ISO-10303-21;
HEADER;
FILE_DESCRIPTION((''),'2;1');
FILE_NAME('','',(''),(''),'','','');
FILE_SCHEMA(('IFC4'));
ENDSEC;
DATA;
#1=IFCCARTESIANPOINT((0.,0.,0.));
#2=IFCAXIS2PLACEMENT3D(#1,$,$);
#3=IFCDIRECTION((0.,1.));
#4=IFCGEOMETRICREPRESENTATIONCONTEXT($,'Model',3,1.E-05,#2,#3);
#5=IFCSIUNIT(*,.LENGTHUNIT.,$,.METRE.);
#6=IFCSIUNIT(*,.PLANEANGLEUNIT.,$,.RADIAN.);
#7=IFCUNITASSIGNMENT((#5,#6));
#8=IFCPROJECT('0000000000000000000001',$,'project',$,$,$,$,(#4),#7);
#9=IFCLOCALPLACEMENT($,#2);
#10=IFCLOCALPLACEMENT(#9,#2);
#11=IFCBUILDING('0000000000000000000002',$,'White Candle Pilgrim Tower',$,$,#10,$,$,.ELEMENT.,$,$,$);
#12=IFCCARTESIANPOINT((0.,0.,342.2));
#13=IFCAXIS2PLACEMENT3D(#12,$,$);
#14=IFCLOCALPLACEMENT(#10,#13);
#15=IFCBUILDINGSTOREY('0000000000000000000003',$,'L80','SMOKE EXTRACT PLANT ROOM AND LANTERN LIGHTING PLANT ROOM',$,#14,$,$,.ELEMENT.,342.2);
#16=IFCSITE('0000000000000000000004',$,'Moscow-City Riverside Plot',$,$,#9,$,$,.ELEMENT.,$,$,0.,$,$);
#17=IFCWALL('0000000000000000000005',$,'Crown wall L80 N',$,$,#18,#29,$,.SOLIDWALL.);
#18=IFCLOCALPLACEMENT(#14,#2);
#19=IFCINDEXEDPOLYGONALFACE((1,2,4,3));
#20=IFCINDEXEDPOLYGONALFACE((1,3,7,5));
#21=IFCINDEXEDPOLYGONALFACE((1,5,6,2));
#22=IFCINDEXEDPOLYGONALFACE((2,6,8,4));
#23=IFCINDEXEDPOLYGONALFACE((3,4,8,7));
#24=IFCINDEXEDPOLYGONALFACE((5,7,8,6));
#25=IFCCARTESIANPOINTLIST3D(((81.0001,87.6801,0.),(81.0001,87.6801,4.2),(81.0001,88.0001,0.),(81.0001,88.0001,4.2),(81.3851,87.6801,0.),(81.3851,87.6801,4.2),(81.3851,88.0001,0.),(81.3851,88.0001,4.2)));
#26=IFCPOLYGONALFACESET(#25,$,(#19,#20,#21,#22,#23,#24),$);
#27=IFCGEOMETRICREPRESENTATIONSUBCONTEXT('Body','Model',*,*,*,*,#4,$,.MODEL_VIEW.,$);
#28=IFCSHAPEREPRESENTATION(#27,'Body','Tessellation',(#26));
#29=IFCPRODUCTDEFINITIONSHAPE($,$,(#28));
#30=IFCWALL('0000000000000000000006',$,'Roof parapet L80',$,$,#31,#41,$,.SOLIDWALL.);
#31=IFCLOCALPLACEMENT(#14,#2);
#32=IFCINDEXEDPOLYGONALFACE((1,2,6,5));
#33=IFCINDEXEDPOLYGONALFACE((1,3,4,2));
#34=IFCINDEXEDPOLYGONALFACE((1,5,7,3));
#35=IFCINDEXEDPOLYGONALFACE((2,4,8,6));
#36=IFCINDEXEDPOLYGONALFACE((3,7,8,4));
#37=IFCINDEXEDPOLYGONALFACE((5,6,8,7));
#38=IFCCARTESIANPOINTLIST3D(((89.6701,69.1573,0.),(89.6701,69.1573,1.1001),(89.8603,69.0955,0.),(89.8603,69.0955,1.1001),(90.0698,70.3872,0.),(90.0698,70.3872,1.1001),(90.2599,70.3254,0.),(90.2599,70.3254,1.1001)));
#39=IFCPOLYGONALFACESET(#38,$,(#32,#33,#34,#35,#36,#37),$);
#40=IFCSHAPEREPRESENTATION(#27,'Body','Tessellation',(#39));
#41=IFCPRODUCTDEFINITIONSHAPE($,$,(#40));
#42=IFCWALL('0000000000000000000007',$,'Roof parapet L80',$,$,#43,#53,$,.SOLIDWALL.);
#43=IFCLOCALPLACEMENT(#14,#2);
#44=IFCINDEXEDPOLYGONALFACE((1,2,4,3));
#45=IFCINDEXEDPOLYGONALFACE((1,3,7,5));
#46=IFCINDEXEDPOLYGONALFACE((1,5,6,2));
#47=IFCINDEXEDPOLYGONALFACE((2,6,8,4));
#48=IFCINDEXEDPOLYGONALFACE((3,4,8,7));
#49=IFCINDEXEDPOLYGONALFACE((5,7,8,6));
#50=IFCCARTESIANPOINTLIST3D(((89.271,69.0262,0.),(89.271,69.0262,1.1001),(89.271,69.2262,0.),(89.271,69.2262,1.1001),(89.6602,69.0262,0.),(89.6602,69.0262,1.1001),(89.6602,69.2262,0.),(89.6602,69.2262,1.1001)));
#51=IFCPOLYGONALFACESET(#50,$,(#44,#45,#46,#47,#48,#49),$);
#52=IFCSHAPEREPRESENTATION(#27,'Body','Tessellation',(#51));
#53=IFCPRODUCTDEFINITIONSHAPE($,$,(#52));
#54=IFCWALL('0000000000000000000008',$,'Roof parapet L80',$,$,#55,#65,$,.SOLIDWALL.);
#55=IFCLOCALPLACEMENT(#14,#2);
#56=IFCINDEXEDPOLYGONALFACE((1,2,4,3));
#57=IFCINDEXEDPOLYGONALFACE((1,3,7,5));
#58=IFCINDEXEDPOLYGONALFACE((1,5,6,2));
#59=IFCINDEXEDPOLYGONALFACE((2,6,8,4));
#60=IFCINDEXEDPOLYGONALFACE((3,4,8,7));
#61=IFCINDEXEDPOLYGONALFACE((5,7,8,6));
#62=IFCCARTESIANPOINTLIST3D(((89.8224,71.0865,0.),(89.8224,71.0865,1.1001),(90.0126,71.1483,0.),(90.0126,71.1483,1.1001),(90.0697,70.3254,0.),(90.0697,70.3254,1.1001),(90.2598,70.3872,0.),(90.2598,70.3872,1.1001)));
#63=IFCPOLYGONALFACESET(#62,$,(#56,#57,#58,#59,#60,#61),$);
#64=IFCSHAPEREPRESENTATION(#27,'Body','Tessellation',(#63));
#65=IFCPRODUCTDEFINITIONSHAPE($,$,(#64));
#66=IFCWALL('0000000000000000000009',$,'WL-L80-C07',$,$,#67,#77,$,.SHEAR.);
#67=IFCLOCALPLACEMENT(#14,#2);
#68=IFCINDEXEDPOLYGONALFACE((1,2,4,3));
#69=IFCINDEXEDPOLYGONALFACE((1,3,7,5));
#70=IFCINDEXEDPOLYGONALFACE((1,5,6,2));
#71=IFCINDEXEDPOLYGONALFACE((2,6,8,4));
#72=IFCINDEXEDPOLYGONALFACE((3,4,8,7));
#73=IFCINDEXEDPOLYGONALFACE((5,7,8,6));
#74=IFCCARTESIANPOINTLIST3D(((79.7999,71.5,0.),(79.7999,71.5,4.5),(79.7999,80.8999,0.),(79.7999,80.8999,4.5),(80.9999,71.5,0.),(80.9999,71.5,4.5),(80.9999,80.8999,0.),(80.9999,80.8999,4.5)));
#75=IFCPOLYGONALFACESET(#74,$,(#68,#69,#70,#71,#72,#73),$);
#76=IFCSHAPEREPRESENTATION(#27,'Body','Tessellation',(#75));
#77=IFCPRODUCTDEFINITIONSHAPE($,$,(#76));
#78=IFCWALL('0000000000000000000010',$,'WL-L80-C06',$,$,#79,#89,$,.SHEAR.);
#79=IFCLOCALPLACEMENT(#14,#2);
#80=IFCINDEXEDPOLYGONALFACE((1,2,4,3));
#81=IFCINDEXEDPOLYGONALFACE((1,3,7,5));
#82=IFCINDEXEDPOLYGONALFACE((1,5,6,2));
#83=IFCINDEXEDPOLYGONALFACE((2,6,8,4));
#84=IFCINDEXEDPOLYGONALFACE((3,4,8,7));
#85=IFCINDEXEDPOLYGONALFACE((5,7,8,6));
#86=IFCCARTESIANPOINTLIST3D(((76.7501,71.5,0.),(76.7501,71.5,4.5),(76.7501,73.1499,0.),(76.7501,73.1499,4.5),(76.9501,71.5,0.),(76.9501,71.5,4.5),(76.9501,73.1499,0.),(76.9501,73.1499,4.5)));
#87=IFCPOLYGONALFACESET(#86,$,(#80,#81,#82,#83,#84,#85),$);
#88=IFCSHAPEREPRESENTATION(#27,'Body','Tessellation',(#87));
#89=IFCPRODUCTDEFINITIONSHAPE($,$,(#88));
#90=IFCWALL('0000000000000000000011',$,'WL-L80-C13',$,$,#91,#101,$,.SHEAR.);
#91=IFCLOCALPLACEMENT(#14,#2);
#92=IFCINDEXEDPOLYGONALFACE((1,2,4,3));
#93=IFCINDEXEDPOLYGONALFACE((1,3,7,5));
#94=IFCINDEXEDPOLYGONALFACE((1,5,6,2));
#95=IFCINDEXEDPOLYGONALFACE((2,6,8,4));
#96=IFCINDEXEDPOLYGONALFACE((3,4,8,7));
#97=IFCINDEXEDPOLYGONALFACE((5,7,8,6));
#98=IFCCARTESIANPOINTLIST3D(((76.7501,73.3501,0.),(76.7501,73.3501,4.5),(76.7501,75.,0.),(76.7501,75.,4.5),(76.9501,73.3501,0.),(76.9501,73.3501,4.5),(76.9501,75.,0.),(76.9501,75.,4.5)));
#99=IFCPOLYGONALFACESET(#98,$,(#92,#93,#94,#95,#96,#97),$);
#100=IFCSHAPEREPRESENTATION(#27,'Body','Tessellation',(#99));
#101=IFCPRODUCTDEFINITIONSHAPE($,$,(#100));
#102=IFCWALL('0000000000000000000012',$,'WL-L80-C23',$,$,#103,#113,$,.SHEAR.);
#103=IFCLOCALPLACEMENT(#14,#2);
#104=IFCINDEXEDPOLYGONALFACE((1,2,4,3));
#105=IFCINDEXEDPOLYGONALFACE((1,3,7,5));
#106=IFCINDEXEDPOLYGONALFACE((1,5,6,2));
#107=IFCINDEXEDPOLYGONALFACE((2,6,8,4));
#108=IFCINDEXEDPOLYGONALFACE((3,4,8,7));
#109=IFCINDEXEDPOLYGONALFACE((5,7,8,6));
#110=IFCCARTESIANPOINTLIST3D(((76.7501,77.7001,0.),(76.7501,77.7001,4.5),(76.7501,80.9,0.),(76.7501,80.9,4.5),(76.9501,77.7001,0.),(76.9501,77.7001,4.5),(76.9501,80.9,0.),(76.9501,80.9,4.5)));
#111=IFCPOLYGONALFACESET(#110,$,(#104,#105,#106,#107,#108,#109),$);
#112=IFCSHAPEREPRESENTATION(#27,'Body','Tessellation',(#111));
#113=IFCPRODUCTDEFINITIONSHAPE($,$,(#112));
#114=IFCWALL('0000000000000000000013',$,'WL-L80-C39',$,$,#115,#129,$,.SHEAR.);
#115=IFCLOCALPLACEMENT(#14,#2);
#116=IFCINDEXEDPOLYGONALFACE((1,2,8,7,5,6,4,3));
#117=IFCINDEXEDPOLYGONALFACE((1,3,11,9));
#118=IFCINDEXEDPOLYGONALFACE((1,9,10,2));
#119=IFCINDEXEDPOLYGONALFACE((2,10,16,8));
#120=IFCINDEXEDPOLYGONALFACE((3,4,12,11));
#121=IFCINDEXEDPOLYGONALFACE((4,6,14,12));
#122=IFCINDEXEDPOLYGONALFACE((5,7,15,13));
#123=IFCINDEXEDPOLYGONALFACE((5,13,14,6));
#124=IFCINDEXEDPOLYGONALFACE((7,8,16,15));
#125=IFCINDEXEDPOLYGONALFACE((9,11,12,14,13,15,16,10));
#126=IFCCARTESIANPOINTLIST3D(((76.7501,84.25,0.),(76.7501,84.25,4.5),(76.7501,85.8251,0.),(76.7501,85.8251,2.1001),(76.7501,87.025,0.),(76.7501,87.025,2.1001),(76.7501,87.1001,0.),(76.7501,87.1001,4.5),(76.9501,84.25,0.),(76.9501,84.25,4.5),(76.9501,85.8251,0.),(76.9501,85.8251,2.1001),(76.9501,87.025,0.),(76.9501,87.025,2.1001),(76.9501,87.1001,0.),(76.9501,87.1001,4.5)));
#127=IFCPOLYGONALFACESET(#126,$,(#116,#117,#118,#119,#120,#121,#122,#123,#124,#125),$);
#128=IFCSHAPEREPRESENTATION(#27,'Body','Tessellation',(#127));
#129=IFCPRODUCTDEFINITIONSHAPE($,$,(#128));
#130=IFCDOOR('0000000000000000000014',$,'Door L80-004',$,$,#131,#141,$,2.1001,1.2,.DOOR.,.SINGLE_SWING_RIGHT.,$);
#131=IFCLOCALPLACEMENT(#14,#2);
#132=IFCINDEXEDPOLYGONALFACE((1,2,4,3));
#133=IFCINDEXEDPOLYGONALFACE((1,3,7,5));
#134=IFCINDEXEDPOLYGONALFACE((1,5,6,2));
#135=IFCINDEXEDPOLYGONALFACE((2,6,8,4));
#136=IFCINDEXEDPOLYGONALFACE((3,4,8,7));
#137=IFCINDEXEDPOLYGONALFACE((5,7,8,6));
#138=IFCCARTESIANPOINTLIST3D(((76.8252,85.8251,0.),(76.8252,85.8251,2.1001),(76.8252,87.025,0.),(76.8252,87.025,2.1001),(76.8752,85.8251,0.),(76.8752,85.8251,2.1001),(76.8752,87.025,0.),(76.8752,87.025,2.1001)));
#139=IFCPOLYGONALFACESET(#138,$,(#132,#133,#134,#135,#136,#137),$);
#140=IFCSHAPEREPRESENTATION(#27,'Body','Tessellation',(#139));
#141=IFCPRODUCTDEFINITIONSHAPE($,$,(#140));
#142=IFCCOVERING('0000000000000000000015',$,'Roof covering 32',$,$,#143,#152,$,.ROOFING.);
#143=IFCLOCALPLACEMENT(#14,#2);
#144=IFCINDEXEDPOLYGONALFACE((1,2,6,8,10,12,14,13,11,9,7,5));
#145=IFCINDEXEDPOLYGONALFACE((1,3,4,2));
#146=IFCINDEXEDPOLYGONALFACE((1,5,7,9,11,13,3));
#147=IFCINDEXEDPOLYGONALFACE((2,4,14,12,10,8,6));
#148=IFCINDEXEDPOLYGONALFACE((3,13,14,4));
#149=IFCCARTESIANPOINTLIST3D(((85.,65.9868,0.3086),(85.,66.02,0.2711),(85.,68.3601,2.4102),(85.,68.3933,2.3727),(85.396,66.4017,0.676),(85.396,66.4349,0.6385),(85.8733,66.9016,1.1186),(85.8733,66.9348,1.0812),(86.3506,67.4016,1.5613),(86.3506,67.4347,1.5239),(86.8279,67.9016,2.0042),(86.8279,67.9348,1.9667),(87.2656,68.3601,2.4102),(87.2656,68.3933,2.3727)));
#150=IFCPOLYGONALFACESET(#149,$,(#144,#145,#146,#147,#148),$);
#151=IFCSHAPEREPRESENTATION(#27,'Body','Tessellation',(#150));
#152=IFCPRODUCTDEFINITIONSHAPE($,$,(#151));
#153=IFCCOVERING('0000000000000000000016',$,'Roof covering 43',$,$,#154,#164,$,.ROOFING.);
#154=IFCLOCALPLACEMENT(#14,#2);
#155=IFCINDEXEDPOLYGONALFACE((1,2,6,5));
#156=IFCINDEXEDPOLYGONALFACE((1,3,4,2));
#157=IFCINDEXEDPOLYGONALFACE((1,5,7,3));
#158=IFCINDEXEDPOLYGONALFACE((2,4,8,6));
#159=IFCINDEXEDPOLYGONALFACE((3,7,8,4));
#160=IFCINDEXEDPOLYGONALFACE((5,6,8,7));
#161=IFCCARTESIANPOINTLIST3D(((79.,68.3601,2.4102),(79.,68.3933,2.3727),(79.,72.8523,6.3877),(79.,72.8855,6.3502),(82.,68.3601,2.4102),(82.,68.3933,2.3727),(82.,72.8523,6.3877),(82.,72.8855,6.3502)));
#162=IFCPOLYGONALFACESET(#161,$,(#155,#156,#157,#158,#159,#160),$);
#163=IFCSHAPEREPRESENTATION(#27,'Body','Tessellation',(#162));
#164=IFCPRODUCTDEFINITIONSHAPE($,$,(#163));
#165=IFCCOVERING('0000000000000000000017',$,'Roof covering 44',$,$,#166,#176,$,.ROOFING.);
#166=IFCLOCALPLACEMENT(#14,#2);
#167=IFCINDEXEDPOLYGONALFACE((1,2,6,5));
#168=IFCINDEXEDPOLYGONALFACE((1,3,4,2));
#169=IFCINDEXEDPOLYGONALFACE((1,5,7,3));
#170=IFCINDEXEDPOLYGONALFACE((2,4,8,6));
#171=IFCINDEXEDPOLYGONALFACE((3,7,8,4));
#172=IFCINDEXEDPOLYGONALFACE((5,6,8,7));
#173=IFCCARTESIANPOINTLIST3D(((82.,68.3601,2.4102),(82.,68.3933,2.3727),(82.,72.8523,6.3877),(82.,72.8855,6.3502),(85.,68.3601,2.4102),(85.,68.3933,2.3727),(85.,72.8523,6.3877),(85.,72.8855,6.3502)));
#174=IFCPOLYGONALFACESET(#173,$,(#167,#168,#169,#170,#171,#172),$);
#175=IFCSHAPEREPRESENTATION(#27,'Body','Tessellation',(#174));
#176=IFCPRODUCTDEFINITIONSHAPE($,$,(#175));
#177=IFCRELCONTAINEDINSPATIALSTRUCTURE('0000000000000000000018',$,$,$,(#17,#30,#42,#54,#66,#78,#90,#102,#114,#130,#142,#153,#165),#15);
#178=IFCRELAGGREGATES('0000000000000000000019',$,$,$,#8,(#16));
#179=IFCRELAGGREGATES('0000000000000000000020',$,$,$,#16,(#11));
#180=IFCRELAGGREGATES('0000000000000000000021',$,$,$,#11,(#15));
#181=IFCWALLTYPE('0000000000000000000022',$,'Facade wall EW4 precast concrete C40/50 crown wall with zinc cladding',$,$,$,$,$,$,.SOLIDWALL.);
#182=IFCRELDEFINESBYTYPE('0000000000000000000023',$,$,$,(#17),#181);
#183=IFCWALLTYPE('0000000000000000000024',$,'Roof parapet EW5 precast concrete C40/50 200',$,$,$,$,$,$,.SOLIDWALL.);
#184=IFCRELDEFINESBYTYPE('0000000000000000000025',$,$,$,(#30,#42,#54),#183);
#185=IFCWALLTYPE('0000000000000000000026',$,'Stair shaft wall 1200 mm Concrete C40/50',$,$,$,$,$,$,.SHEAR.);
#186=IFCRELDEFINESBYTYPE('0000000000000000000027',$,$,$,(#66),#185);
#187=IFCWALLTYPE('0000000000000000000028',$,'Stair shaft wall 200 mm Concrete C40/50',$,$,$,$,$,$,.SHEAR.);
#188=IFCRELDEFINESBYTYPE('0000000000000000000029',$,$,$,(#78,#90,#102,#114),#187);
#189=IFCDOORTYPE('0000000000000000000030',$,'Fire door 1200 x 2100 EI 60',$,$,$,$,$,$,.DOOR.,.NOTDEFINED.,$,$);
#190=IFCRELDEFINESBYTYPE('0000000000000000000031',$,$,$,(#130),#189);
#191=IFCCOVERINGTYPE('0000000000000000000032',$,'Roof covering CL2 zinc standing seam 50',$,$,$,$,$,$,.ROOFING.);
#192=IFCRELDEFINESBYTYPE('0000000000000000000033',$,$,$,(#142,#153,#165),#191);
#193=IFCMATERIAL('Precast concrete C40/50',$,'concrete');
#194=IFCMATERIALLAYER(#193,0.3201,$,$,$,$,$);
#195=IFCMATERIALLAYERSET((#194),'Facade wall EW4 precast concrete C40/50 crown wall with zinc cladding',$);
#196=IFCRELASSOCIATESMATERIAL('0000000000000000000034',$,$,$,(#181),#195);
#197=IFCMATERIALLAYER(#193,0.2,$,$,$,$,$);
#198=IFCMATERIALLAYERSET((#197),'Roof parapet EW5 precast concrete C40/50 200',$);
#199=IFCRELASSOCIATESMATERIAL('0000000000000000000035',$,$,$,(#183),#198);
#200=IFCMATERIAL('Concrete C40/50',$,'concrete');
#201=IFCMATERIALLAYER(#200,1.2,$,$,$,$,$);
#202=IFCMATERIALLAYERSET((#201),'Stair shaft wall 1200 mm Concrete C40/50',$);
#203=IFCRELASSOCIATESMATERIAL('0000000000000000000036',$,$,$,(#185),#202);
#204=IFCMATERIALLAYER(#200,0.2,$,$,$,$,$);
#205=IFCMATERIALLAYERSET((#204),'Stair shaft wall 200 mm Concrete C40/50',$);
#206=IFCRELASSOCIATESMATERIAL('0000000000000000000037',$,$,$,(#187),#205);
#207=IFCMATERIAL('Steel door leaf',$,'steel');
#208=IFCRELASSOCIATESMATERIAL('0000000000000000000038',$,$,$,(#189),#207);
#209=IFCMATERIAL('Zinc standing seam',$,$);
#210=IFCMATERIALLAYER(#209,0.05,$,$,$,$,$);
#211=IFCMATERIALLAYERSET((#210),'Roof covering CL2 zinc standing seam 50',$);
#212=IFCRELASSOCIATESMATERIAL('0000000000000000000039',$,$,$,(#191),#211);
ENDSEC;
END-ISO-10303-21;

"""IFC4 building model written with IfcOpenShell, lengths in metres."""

from ifc_helpers import new_model, si_unit, direction, frame, frame_2d, origin, place, context, subcontext, project, spatial, polyline, rectangle, outline, extrude, material, layer, layer_set, type_object, element, fill, save


model = new_model("IFC4")

# Units and contexts
model_context = context("Model", 3, precision=1e-05, world=origin(), true_north=direction((0.0, 1.0)))
body_context = subcontext(model_context, "Body", "Model", "MODEL_VIEW")
ifc_project = project(units=[si_unit("LENGTHUNIT", "METRE"), si_unit("PLANEANGLEUNIT", "RADIAN")], contexts=[model_context])

# Site, building, storey
site_placement = place(None, origin())
site = spatial("IfcSite", under=ifc_project, at=site_placement, Name="Moscow-City Riverside Plot", CompositionType="ELEMENT", RefElevation=0.0)
building_placement = place(site_placement, origin())
building = spatial("IfcBuilding", under=site, at=building_placement, Name="White Candle Pilgrim Tower", CompositionType="ELEMENT")
storey_placement = place(building_placement, frame((0.0, 0.0, 342.2)))
storey = spatial("IfcBuildingStorey", under=building, at=storey_placement, Name="L80", Description="SMOKE EXTRACT PLANT ROOM AND LANTERN LIGHTING PLANT ROOM", CompositionType="ELEMENT", Elevation=342.2)

# Shared definitions
ifc_material_1 = material(Name="Concrete C40/50", Category="concrete")

# Shared definitions
ifc_material_2 = material(Name="Steel door leaf", Category="steel")

# Walls
ifc_material_3 = material(Name="Precast concrete C40/50", Category="concrete")
ifc_layer_1 = layer(ifc_material_3, 0.3201)
ifc_layer_set_1 = layer_set([ifc_layer_1], Name="Facade wall EW4 precast concrete C40/50 crown wall with zinc cladding")
wall_type_1 = type_object("IfcWallType", Name="Facade wall EW4 precast concrete C40/50 crown wall with zinc cladding", PredefinedType="SOLIDWALL", material=ifc_layer_set_1)
wall_1_placement = place(storey_placement, frame((81.385, 87.8401, 0.0), z_axis=(0.0, 0.0, 1.0), x_axis=(-1.0, 0.0, 0.0)))
element("IfcWall", 1, at=wall_1_placement, inside=storey, type_object=wall_type_1, Name="Crown wall L80 N", PredefinedType="SOLIDWALL", context=body_context, shape_type="SweptSolid", body=[
    extrude(rectangle(XDim=0.385, YDim=0.3201, at=frame_2d((0.1924, 0.0))), origin(), (0.0, 0.0, 1.0), 4.2),
])
ifc_layer_2 = layer(ifc_material_3, 0.2)
ifc_layer_set_2 = layer_set([ifc_layer_2], Name="Roof parapet EW5 precast concrete C40/50 200")
wall_type_2 = type_object("IfcWallType", Name="Roof parapet EW5 precast concrete C40/50 200", PredefinedType="SOLIDWALL", material=ifc_layer_set_2)
wall_2_placement = place(storey_placement, frame((90.1648, 70.3562, 0.0), z_axis=(0.0, 0.0, 1.0), x_axis=(-0.309026, -0.951053, 0.0)))
element("IfcWall", 2, at=wall_2_placement, inside=storey, type_object=wall_type_2, Name="Roof parapet L80", PredefinedType="SOLIDWALL", context=body_context, shape_type="SweptSolid", body=[
    extrude(rectangle(XDim=1.2932, YDim=0.2, at=frame_2d((0.6465, 0.0))), origin(), (0.0, 0.0, 1.0), 1.1001),
])
wall_3_placement = place(storey_placement, frame((89.6602, 69.1262, 0.0), z_axis=(0.0, 0.0, 1.0), x_axis=(-1.0, 0.0, 0.0)))
element("IfcWall", 3, at=wall_3_placement, inside=storey, type_object=wall_type_2, Name="Roof parapet L80", PredefinedType="SOLIDWALL", context=body_context, shape_type="SweptSolid", body=[
    extrude(rectangle(XDim=0.3892, YDim=0.2, at=frame_2d((0.1946, 0.0))), origin(), (0.0, 0.0, 1.0), 1.1001),
])
wall_4_placement = place(storey_placement, frame((89.9175, 71.1174, 0.0), z_axis=(0.0, 0.0, 1.0), x_axis=(0.30899, -0.951065, 0.0)))
element("IfcWall", 4, at=wall_4_placement, inside=storey, type_object=wall_type_2, Name="Roof parapet L80", PredefinedType="SOLIDWALL", context=body_context, shape_type="SweptSolid", body=[
    extrude(rectangle(XDim=0.8003, YDim=0.2, at=frame_2d((0.4001, 0.0))), origin(), (0.0, 0.0, 1.0), 1.1001),
])
ifc_layer_3 = layer(ifc_material_1, 1.2)
ifc_layer_set_3 = layer_set([ifc_layer_3], Name="Stair shaft wall 1200 mm Concrete C40/50")
wall_type_3 = type_object("IfcWallType", Name="Stair shaft wall 1200 mm Concrete C40/50", PredefinedType="SHEAR", material=ifc_layer_set_3)
wall_5_placement = place(storey_placement, frame((80.3999, 71.5, 0.0), z_axis=(0.0, 0.0, 1.0), x_axis=(0.0, 1.0, 0.0)))
element("IfcWall", 5, at=wall_5_placement, inside=storey, type_object=wall_type_3, Name="WL-L80-C07", PredefinedType="SHEAR", context=body_context, shape_type="SweptSolid", body=[
    extrude(rectangle(XDim=9.3999, YDim=1.2, at=frame_2d((4.7, 0.0))), origin(), (0.0, 0.0, 1.0), 4.5),
])
ifc_layer_4 = layer(ifc_material_1, 0.2)
ifc_layer_set_4 = layer_set([ifc_layer_4], Name="Stair shaft wall 200 mm Concrete C40/50")
wall_type_4 = type_object("IfcWallType", Name="Stair shaft wall 200 mm Concrete C40/50", PredefinedType="SHEAR", material=ifc_layer_set_4)
for number, where, z_axis, x_axis, name in (
    (6, (76.8501, 71.5, 0.0), (0.0, 0.0, 1.0), (0.0, 1.0, 0.0), "WL-L80-C06"),
    (7, (76.8501, 73.3501, 0.0), (0.0, 0.0, 1.0), (0.0, 1.0, 0.0), "WL-L80-C13"),
):
    element("IfcWall", number, at=place(storey_placement, frame(where, z_axis=z_axis, x_axis=x_axis)), inside=storey, type_object=wall_type_4, Name=name, PredefinedType="SHEAR", context=body_context, shape_type="SweptSolid", body=[
        extrude(rectangle(XDim=1.6499, YDim=0.2, at=frame_2d((0.825, 0.0))), origin(), (0.0, 0.0, 1.0), 4.5),
    ])
wall_6_placement = place(storey_placement, frame((76.8501, 77.7, 0.0), z_axis=(0.0, 0.0, 1.0), x_axis=(0.0, 1.0, 0.0)))
element("IfcWall", 8, at=wall_6_placement, inside=storey, type_object=wall_type_4, Name="WL-L80-C23", PredefinedType="SHEAR", context=body_context, shape_type="SweptSolid", body=[
    extrude(rectangle(XDim=3.2, YDim=0.2, at=frame_2d((1.6001, 0.0))), origin(), (0.0, 0.0, 1.0), 4.5),
])

# Wall, opening, door
wall_7_placement = place(storey_placement, frame((76.8501, 84.25, 0.0), z_axis=(0.0, 0.0, 1.0), x_axis=(0.0, 1.0, 0.0)))
wall_7 = element("IfcWall", 9, at=wall_7_placement, inside=storey, type_object=wall_type_4, Name="WL-L80-C39", PredefinedType="SHEAR", context=body_context, shape_type="SweptSolid", body=[
    extrude(rectangle(XDim=2.8501, YDim=0.2, at=frame_2d((1.425, 0.0))), origin(), (0.0, 0.0, 1.0), 4.5),
])
opening_1_placement = place(wall_7_placement, frame((1.575, 0.0, 0.0)))
opening_1 = element("IfcOpeningElement", 10, at=opening_1_placement, cuts=wall_7, PredefinedType="OPENING", context=body_context, shape_type="SweptSolid", body=[
    extrude(rectangle(XDim=1.2, YDim=2.1001, at=frame_2d((0.6001, 1.05))), frame((0.0, 0.1099, 0.0), z_axis=(0.0, -1.0, 0.0), x_axis=(1.0, 0.0, 0.0)), (0.0, 0.0, 1.0), 0.22),
])
door_type_1 = type_object("IfcDoorType", Name="Fire door 1200 x 2100 EI 60", OperationType="NOTDEFINED", PredefinedType="DOOR", material=ifc_material_2)
door_1_placement = place(opening_1_placement, origin())
door_1 = element("IfcDoor", 11, at=door_1_placement, inside=storey, type_object=door_type_1, Name="Door L80-004", OperationType="SINGLE_SWING_RIGHT", OverallHeight=2.1001, OverallWidth=1.2, PredefinedType="DOOR", context=body_context, shape_type="SweptSolid", body=[
    extrude(rectangle(XDim=1.2, YDim=2.1001, at=frame_2d((0.6001, 1.05))), frame((0.0, 0.0249, 0.0), z_axis=(0.0, -1.0, 0.0), x_axis=(1.0, 0.0, 0.0)), (0.0, 0.0, 1.0), 0.05),
])
fill(opening_1, door_1)

# Coverings
ifc_material_4 = material(Name="Zinc standing seam")
ifc_layer_5 = layer(ifc_material_4, 0.05)
ifc_layer_set_5 = layer_set([ifc_layer_5], Name="Roof covering CL2 zinc standing seam 50")
covering_type_1 = type_object("IfcCoveringType", Name="Roof covering CL2 zinc standing seam 50", PredefinedType="ROOFING", material=ifc_layer_set_5)
covering_1_placement = place(storey_placement, frame((85.0, 68.3601, 2.4102), z_axis=(0.000001, -0.662948, 0.748665), x_axis=(1.0, 0.000001, -0.000001)))
element("IfcCovering", 12, at=covering_1_placement, inside=storey, type_object=covering_type_1, Name="Roof covering 32", PredefinedType="ROOFING", context=body_context, shape_type="SweptSolid", body=[
    extrude(outline(polyline([(0.0, 0.0), (2.2656, 0.0), (1.8279, -0.6124), (1.3506, -1.2804), (0.8733, -1.9481), (0.396, -2.6159), (0.0, -3.17), (0.0, 0.0)])), origin(), (0.0, 0.0, -1.0), 0.05),
])
for number, where, z_axis, x_axis, name in (
    (13, (79.0, 68.3601, 2.4102), (0.0, -0.662918, 0.748692), (0.0, 0.748692, 0.662918), "Roof covering 43"),
    (14, (82.0, 68.3601, 2.4102), (0.0, -0.662918, 0.748692), (0.0, 0.748692, 0.662918), "Roof covering 44"),
):
    element("IfcCovering", number, at=place(storey_placement, frame(where, z_axis=z_axis, x_axis=x_axis)), inside=storey, type_object=covering_type_1, Name=name, PredefinedType="ROOFING", context=body_context, shape_type="SweptSolid", body=[
        extrude(outline(polyline([(0.0, 0.0), (6.0, 0.0), (6.0, -3.0), (0.0, -3.0), (0.0, 0.0)])), origin(), (0.0, 0.0, -1.0), 0.05),
    ])

save(model, "model.ifc")
